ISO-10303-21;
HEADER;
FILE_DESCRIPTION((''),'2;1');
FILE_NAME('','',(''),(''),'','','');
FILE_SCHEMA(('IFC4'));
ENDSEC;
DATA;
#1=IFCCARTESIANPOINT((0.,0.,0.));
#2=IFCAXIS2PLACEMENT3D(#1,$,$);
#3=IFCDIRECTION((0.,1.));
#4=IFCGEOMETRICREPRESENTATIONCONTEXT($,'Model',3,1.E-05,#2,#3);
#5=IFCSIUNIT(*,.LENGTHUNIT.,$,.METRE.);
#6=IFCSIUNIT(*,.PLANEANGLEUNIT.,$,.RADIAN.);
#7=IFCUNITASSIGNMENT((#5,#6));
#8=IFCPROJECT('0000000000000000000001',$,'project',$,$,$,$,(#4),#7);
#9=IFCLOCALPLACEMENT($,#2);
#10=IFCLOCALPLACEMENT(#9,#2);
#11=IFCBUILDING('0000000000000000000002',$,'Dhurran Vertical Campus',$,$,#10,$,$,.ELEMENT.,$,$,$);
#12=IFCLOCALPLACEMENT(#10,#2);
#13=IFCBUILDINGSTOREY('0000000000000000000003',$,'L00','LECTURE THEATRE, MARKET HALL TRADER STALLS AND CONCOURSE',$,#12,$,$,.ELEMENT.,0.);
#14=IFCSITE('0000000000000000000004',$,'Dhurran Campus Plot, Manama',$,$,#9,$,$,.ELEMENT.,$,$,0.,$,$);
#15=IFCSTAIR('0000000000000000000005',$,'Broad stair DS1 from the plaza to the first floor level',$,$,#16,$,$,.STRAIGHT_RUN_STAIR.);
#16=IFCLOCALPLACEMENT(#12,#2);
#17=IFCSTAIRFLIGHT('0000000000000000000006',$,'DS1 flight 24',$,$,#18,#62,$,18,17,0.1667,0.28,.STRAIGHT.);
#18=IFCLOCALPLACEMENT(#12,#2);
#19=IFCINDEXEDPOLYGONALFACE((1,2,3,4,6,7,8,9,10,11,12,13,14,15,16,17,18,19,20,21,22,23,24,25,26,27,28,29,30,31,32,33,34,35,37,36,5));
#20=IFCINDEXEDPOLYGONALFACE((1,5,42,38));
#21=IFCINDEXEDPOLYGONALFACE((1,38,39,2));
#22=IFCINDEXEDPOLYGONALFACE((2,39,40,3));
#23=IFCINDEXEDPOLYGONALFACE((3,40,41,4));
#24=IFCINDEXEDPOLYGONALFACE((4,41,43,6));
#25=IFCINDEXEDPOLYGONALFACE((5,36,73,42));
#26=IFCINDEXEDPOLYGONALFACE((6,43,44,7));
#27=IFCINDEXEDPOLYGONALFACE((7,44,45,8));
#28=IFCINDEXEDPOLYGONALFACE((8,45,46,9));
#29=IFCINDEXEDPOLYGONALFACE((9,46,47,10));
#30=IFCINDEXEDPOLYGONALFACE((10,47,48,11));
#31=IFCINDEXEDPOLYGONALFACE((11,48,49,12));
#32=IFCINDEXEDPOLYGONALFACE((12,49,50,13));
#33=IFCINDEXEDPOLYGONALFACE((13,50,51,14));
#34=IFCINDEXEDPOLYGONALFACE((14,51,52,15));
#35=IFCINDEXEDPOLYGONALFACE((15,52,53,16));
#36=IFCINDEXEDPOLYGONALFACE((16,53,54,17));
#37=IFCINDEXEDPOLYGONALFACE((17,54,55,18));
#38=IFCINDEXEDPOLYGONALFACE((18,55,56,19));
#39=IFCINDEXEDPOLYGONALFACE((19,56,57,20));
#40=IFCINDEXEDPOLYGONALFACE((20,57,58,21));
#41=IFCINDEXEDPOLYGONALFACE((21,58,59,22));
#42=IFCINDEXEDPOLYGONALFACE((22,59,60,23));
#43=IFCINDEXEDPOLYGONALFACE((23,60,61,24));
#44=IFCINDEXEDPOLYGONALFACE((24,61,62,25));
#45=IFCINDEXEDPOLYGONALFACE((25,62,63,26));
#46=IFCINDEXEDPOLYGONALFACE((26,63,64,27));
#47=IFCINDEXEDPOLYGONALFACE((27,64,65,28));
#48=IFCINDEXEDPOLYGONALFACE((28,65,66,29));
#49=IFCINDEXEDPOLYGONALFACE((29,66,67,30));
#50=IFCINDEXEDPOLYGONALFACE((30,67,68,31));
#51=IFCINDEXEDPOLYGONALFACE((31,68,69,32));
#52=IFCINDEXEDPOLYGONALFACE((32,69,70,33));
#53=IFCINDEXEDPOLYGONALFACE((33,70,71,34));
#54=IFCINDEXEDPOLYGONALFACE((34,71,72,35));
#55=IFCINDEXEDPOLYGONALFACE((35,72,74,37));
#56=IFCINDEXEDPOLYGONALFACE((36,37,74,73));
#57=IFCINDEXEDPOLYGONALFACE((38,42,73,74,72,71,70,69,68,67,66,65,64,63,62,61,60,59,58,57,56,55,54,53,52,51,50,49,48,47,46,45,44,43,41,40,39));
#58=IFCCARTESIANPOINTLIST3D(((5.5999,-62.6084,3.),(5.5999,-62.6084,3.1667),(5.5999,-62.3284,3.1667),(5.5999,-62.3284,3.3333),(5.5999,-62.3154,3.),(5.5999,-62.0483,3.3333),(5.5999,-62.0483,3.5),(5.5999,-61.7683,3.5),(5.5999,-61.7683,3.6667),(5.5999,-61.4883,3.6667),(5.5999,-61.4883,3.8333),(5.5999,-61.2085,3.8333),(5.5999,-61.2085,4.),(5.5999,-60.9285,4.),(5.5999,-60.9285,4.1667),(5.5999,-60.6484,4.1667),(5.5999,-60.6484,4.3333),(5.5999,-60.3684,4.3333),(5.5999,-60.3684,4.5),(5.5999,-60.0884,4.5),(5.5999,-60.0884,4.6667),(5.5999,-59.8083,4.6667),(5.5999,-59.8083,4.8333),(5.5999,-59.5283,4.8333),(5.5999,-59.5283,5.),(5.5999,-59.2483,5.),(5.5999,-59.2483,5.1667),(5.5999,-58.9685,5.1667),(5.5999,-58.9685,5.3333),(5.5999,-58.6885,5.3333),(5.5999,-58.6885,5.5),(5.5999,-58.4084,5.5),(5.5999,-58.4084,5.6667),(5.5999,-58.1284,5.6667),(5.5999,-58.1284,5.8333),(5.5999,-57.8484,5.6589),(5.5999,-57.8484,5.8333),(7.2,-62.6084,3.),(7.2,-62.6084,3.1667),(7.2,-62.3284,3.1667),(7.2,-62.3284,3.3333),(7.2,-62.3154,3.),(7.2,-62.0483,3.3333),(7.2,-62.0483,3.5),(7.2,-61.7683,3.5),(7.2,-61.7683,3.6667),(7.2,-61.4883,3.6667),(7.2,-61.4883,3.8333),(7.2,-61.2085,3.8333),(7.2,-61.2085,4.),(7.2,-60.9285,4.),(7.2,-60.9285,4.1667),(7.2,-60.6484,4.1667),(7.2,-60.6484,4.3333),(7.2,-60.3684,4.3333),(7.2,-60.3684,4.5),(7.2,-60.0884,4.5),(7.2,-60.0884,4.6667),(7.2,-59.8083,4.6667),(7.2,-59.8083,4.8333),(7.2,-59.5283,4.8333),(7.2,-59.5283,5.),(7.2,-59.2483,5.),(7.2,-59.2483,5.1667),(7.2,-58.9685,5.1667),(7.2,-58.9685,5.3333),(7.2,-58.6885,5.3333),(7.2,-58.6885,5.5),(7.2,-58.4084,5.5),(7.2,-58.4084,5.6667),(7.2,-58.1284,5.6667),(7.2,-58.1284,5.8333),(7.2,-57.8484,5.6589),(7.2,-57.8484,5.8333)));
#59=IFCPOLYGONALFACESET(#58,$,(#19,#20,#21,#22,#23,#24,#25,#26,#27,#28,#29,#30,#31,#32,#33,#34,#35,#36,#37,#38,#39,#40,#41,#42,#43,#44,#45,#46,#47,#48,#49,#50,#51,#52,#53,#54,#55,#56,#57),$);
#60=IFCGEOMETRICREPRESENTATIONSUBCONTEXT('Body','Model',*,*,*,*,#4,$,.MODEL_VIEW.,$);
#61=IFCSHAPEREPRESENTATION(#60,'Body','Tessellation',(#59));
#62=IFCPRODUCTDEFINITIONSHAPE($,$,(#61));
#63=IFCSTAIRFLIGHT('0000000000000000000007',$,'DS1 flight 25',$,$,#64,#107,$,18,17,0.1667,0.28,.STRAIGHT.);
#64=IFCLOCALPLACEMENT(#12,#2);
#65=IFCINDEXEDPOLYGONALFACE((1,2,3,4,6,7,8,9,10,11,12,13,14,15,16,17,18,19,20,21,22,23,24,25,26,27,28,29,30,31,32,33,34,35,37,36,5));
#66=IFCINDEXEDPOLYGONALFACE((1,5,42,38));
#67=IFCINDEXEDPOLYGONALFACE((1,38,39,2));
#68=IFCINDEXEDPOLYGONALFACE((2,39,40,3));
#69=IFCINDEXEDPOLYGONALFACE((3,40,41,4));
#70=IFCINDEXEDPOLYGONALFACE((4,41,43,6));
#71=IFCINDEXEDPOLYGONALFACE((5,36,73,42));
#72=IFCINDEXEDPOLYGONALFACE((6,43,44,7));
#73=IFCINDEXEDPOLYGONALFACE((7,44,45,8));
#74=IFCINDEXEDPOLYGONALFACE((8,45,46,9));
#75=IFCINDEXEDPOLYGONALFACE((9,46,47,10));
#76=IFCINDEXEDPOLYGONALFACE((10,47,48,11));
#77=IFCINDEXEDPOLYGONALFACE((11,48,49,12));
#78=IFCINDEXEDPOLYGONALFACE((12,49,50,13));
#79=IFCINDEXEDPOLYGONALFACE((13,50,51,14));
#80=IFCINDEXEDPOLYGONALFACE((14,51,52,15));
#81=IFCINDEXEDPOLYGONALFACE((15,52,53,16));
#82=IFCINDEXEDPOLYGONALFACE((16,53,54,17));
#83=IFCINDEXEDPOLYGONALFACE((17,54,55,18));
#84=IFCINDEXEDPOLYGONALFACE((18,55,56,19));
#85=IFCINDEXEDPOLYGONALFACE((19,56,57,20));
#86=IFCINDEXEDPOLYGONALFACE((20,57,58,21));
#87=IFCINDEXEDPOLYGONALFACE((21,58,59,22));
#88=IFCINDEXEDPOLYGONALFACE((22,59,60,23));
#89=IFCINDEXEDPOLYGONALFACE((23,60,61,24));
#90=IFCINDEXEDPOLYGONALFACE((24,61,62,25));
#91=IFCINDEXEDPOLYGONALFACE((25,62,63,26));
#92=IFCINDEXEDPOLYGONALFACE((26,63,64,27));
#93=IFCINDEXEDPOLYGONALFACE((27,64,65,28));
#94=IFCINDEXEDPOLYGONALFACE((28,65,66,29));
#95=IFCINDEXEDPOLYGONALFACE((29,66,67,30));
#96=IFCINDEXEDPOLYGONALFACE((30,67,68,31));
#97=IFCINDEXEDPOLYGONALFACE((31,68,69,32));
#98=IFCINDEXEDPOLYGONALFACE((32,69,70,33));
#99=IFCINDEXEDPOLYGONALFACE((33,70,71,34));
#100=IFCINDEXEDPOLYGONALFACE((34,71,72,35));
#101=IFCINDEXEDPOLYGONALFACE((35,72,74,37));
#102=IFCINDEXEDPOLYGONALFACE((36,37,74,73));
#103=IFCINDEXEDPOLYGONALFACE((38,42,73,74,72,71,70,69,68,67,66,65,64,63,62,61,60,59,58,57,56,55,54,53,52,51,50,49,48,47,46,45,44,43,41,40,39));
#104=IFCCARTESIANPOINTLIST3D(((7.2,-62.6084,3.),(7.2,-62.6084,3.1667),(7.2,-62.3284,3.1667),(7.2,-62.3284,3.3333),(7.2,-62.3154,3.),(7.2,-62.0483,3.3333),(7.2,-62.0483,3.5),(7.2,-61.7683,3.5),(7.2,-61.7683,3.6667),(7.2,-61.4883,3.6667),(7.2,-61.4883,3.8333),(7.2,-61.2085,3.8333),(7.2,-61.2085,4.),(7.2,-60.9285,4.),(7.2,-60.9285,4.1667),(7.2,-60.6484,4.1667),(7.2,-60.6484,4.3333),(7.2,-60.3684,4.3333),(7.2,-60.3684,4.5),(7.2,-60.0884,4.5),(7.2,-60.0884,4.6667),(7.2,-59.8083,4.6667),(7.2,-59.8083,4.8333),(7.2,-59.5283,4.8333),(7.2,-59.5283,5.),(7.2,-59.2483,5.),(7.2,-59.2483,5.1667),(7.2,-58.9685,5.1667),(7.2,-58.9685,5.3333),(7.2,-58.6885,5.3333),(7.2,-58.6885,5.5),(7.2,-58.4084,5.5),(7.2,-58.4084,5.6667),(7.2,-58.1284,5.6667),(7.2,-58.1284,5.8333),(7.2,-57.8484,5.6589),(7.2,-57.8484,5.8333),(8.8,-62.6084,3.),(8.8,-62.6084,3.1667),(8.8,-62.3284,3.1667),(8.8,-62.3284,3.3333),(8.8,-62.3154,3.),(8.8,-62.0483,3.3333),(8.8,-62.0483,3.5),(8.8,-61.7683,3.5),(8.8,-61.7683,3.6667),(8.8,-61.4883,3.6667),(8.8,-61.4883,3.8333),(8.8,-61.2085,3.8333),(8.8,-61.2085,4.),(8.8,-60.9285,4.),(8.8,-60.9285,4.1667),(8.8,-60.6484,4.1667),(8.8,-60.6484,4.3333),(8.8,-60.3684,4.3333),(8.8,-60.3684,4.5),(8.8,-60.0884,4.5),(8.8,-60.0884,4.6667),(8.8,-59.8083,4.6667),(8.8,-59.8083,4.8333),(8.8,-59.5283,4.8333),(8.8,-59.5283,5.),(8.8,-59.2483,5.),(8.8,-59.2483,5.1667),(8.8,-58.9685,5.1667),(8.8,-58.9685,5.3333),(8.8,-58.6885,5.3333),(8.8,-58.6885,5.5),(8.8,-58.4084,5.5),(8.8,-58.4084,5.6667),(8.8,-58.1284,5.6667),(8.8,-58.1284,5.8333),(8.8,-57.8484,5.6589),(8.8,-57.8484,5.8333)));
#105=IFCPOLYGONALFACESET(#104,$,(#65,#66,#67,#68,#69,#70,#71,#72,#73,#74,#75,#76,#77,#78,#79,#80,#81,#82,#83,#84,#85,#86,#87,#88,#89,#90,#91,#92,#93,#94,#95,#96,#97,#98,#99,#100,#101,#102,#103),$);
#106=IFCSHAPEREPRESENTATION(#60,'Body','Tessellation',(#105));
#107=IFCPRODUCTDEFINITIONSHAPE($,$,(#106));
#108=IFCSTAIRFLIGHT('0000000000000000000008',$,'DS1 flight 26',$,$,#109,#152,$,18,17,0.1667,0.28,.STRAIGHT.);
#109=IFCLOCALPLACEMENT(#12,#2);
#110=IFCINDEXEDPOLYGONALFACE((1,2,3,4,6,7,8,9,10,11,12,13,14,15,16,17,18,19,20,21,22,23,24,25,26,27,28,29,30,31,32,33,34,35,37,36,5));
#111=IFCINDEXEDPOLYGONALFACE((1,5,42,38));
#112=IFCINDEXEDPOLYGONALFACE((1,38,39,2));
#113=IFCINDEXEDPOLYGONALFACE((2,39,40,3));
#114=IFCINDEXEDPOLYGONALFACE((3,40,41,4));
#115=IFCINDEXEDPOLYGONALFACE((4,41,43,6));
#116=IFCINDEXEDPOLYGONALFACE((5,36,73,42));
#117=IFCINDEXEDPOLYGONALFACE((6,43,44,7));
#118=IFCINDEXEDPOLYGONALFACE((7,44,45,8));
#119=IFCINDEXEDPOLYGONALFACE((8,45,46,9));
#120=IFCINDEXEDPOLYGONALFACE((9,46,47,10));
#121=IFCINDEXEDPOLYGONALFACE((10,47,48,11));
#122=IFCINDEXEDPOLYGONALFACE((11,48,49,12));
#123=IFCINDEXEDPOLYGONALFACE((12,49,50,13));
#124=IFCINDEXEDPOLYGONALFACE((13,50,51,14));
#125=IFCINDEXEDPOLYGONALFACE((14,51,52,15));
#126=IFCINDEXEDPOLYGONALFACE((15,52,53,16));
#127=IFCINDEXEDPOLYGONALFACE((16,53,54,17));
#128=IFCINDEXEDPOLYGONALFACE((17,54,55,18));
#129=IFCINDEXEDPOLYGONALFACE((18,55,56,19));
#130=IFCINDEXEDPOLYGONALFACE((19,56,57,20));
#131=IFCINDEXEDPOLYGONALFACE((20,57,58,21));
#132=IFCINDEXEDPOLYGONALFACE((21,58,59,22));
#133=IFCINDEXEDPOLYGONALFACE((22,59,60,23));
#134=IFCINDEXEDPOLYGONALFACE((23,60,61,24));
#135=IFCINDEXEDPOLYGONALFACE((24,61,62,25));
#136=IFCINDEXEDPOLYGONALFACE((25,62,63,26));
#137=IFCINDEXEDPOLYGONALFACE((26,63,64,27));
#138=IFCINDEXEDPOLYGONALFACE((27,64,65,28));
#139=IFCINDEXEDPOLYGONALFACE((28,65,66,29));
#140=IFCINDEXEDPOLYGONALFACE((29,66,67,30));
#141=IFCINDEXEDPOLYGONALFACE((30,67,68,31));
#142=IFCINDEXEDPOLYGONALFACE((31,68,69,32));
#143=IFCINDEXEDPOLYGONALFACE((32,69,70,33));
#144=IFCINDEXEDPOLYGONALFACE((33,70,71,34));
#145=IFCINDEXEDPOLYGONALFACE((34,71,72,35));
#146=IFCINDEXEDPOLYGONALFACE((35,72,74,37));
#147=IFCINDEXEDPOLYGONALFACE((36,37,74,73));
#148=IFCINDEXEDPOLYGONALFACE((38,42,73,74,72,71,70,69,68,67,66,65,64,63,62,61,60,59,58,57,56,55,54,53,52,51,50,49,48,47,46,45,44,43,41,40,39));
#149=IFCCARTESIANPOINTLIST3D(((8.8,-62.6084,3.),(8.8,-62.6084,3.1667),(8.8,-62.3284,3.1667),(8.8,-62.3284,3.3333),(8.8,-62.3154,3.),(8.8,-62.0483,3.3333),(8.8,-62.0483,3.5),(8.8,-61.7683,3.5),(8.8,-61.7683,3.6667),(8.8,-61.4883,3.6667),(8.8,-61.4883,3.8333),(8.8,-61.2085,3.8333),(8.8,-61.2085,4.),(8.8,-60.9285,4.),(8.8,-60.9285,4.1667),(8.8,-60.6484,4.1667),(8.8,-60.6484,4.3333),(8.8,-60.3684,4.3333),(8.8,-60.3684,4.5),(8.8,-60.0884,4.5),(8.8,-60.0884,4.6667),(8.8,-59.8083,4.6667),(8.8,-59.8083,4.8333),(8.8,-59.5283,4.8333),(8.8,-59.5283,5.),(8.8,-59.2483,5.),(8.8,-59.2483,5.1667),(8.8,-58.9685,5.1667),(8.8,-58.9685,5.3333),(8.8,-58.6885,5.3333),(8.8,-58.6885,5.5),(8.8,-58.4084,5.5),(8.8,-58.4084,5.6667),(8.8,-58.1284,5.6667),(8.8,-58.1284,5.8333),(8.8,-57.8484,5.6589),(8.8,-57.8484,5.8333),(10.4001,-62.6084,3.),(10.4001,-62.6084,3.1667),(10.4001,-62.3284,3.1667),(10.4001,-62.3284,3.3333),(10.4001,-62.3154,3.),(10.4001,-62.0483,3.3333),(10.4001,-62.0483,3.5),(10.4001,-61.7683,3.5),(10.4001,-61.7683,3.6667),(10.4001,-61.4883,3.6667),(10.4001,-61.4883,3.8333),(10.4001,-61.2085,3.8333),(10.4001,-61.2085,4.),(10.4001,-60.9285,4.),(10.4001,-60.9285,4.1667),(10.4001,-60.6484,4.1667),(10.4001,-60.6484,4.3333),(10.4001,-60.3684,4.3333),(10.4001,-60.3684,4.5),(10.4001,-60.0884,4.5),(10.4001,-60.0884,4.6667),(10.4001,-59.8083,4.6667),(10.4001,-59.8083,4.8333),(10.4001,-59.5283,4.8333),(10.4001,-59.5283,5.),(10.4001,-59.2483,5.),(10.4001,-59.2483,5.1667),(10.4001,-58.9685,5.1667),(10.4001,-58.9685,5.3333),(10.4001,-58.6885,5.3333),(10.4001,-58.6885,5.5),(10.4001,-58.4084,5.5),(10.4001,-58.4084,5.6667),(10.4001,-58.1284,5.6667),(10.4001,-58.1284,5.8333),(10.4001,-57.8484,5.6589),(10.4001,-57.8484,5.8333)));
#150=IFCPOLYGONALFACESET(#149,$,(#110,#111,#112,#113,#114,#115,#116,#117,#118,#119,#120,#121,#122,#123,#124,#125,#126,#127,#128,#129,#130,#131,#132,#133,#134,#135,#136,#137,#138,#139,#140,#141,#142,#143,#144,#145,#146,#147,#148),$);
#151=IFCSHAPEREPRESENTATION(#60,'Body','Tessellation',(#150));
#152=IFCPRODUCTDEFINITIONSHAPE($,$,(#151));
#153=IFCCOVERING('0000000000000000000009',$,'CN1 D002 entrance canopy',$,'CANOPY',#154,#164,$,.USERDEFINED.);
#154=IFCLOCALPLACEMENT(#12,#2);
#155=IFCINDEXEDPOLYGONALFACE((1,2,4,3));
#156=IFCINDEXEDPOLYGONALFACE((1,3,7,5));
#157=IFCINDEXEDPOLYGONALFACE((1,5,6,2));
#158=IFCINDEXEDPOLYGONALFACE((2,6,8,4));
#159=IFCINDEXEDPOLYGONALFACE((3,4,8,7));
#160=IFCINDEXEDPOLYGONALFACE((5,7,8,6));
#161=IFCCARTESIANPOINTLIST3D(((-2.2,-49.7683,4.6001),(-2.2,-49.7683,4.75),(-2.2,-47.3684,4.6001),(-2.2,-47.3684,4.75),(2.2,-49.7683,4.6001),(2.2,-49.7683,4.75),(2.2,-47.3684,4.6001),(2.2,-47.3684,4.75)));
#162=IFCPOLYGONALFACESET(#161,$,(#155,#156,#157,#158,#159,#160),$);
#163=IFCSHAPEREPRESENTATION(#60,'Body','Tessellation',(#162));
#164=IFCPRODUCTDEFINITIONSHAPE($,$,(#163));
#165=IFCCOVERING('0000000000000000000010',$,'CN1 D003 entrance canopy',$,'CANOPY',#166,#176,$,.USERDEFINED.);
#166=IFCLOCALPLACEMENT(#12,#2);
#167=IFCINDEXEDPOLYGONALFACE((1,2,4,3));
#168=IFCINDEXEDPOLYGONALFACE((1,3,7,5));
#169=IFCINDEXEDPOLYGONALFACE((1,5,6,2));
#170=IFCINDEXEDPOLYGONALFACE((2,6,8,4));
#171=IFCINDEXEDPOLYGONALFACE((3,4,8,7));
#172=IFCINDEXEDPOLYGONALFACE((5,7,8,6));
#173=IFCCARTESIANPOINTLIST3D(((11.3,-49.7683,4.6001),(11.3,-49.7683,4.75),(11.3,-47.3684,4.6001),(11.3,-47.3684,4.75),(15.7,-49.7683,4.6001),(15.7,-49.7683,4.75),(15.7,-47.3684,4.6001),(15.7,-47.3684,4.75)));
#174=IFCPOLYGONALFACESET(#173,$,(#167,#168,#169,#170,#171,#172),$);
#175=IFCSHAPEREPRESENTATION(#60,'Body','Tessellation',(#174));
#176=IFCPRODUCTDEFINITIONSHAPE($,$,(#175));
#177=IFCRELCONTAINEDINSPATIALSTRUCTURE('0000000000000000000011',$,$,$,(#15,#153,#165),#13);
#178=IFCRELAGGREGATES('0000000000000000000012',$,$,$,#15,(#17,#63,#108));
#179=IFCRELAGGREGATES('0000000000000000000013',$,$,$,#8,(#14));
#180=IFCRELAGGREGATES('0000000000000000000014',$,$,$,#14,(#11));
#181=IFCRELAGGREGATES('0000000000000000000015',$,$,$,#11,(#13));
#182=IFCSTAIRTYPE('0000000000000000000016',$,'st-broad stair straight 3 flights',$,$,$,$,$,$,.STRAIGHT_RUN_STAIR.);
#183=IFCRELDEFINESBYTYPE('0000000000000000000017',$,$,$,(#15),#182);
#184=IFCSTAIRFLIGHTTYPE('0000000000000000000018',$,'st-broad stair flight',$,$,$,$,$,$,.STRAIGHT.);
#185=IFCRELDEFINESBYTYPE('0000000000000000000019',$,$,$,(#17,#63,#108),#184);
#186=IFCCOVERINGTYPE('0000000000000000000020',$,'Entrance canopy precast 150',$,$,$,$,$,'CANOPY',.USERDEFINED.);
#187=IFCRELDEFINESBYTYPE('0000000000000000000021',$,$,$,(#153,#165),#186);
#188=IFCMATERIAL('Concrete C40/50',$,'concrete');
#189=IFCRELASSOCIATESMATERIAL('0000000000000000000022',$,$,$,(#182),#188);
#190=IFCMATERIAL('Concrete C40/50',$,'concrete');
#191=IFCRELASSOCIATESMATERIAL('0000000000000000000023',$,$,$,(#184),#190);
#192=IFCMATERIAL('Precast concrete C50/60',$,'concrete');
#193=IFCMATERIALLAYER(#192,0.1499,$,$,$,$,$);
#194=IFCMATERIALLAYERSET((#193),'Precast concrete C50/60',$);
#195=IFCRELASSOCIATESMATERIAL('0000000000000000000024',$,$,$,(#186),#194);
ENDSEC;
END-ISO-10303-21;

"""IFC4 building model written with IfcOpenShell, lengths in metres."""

from ifc_helpers import new_model, si_unit, direction, frame, origin, origin_2d, place, context, subcontext, project, spatial, polyline, rectangle, outline, extrude, material, layer, layer_set, type_object, element, aggregate, save


model = new_model("IFC4")

# Units and contexts
model_context = context("Model", 3, precision=1e-05, world=origin(), true_north=direction((0.0, 1.0)))
body_context = subcontext(model_context, "Body", "Model", "MODEL_VIEW")
ifc_project = project(units=[si_unit("LENGTHUNIT", "METRE"), si_unit("PLANEANGLEUNIT", "RADIAN")], contexts=[model_context])

# Site, building, storey
site_placement = place(None, origin())
site = spatial("IfcSite", under=ifc_project, at=site_placement, Name="Dhurran Campus Plot, Manama", CompositionType="ELEMENT", RefElevation=0.0)
building_placement = place(site_placement, origin())
building = spatial("IfcBuilding", under=site, at=building_placement, Name="Dhurran Vertical Campus", CompositionType="ELEMENT")
storey_placement = place(building_placement, origin())
storey = spatial("IfcBuildingStorey", under=building, at=storey_placement, Name="L00", Description="LECTURE THEATRE, MARKET HALL TRADER STALLS AND CONCOURSE", CompositionType="ELEMENT", Elevation=0.0)

# Stair, stair flights
ifc_material_1 = material(Name="Concrete C40/50", Category="concrete")
stair_type = type_object("IfcStairType", Name="st-broad stair straight 3 flights", PredefinedType="STRAIGHT_RUN_STAIR", material=ifc_material_1)
stair_placement = place(storey_placement, origin())
stair = element("IfcStair", 1, at=stair_placement, inside=storey, type_object=stair_type, Name="Broad stair DS1 from the plaza to the first floor level", PredefinedType="STRAIGHT_RUN_STAIR")
ifc_material_2 = material(Name="Concrete C40/50", Category="concrete")
stair_flight_type = type_object("IfcStairFlightType", Name="st-broad stair flight", PredefinedType="STRAIGHT", material=ifc_material_2)
stair_flight_1_placement = place(storey_placement, frame((6.3999, -62.6084, 3.0), z_axis=(0.0, 0.0, 1.0), x_axis=(0.0, 1.0, 0.0)))
stair_flight_1 = element("IfcStairFlight", 2, at=stair_flight_1_placement, type_object=stair_flight_type, Name="DS1 flight 24", NumberOfRisers=18, NumberOfTreads=17, PredefinedType="STRAIGHT", RiserHeight=0.1667, TreadLength=0.28, context=body_context, shape_type="SweptSolid", body=[
    extrude(outline(polyline([(0.0, 0.0), (0.0, 0.1667), (0.28, 0.1667), (0.28, 0.3333), (0.5601, 0.3333), (0.5601, 0.5), (0.8401, 0.5), (0.8401, 0.6667), (1.1201, 0.6667), (1.1201, 0.8333), (1.3999, 0.8333), (1.3999, 1.0), (1.6799, 1.0), (1.6799, 1.1667), (1.96, 1.1667), (1.96, 1.3333), (2.24, 1.3333), (2.24, 1.5), (2.52, 1.5), (2.52, 1.6667), (2.8, 1.6667), (2.8, 1.8333), (3.0801, 1.8333), (3.0801, 2.0), (3.3601, 2.0), (3.3601, 2.1667), (3.6399, 2.1667), (3.6399, 2.3333), (3.9199, 2.3333), (3.9199, 2.5), (4.2, 2.5), (4.2, 2.6667), (4.48, 2.6667), (4.48, 2.8333), (4.76, 2.8333), (4.76, 3.0), (4.76, 2.6589), (0.293, 0.0), (0.0, 0.0)])), frame((0.0, 0.8, 0.0), z_axis=(0.0, -1.0, 0.0), x_axis=(1.0, 0.0, 0.0)), (0.0, 0.0, 1.0), 1.6001),
])
stair_flight_2_placement = place(storey_placement, frame((8.0, -62.6084, 3.0), z_axis=(0.0, 0.0, 1.0), x_axis=(0.0, 1.0, 0.0)))
stair_flight_2 = element("IfcStairFlight", 3, at=stair_flight_2_placement, type_object=stair_flight_type, Name="DS1 flight 25", NumberOfRisers=18, NumberOfTreads=17, PredefinedType="STRAIGHT", RiserHeight=0.1667, TreadLength=0.28, context=body_context, shape_type="SweptSolid", body=[
    extrude(outline(polyline([(0.0, 0.0), (0.0, 0.1667), (0.28, 0.1667), (0.28, 0.3333), (0.5601, 0.3333), (0.5601, 0.5), (0.8401, 0.5), (0.8401, 0.6667), (1.1201, 0.6667), (1.1201, 0.8333), (1.3999, 0.8333), (1.3999, 1.0), (1.6799, 1.0), (1.6799, 1.1667), (1.96, 1.1667), (1.96, 1.3333), (2.24, 1.3333), (2.24, 1.5), (2.52, 1.5), (2.52, 1.6667), (2.8, 1.6667), (2.8, 1.8333), (3.0801, 1.8333), (3.0801, 2.0), (3.3601, 2.0), (3.3601, 2.1667), (3.6399, 2.1667), (3.6399, 2.3333), (3.9199, 2.3333), (3.9199, 2.5), (4.2, 2.5), (4.2, 2.6667), (4.48, 2.6667), (4.48, 2.8333), (4.76, 2.8333), (4.76, 3.0), (4.76, 2.6589), (0.293, 0.0), (0.0, 0.0)])), frame((0.0, 0.8, 0.0), z_axis=(0.0, -1.0, 0.0), x_axis=(1.0, 0.0, 0.0)), (0.0, 0.0, 1.0), 1.6001),
])
stair_flight_3_placement = place(storey_placement, frame((9.6001, -62.6084, 3.0), z_axis=(0.0, 0.0, 1.0), x_axis=(0.0, 1.0, 0.0)))
stair_flight_3 = element("IfcStairFlight", 4, at=stair_flight_3_placement, type_object=stair_flight_type, Name="DS1 flight 26", NumberOfRisers=18, NumberOfTreads=17, PredefinedType="STRAIGHT", RiserHeight=0.1667, TreadLength=0.28, context=body_context, shape_type="SweptSolid", body=[
    extrude(outline(polyline([(0.0, 0.0), (0.0, 0.1667), (0.28, 0.1667), (0.28, 0.3333), (0.5601, 0.3333), (0.5601, 0.5), (0.8401, 0.5), (0.8401, 0.6667), (1.1201, 0.6667), (1.1201, 0.8333), (1.3999, 0.8333), (1.3999, 1.0), (1.6799, 1.0), (1.6799, 1.1667), (1.96, 1.1667), (1.96, 1.3333), (2.24, 1.3333), (2.24, 1.5), (2.52, 1.5), (2.52, 1.6667), (2.8, 1.6667), (2.8, 1.8333), (3.0801, 1.8333), (3.0801, 2.0), (3.3601, 2.0), (3.3601, 2.1667), (3.6399, 2.1667), (3.6399, 2.3333), (3.9199, 2.3333), (3.9199, 2.5), (4.2, 2.5), (4.2, 2.6667), (4.48, 2.6667), (4.48, 2.8333), (4.76, 2.8333), (4.76, 3.0), (4.76, 2.6589), (0.293, 0.0), (0.0, 0.0)])), frame((0.0, 0.8, 0.0), z_axis=(0.0, -1.0, 0.0), x_axis=(1.0, 0.0, 0.0)), (0.0, 0.0, 1.0), 1.6001),
])
aggregate(stair, [stair_flight_1, stair_flight_2, stair_flight_3])

# Coverings
ifc_material_3 = material(Name="Precast concrete C50/60", Category="concrete")
ifc_layer_1 = layer(ifc_material_3, 0.1499)
ifc_layer_set_1 = layer_set([ifc_layer_1], Name="Precast concrete C50/60")
covering_type = type_object("IfcCoveringType", Name="Entrance canopy precast 150", ElementType="CANOPY", PredefinedType="USERDEFINED", material=ifc_layer_set_1)
for number, where, z_axis, x_axis, name in (
    (5, (0.0, -48.5684, 4.6001), (0.0, 0.0, 1.0), (1.0, 0.0, 0.0), "CN1 D002 entrance canopy"),
    (6, (13.5, -48.5684, 4.6001), (0.0, 0.0, 1.0), (1.0, 0.0, 0.0), "CN1 D003 entrance canopy"),
):
    element("IfcCovering", number, at=place(storey_placement, frame(where, z_axis=z_axis, x_axis=x_axis)), inside=storey, type_object=covering_type, Name=name, ObjectType="CANOPY", PredefinedType="USERDEFINED", context=body_context, shape_type="SweptSolid", body=[
        extrude(rectangle(XDim=4.3999, YDim=2.3999, at=origin_2d()), origin(), (0.0, 0.0, 1.0), 0.1499),
    ])

save(model, "model.ifc")
